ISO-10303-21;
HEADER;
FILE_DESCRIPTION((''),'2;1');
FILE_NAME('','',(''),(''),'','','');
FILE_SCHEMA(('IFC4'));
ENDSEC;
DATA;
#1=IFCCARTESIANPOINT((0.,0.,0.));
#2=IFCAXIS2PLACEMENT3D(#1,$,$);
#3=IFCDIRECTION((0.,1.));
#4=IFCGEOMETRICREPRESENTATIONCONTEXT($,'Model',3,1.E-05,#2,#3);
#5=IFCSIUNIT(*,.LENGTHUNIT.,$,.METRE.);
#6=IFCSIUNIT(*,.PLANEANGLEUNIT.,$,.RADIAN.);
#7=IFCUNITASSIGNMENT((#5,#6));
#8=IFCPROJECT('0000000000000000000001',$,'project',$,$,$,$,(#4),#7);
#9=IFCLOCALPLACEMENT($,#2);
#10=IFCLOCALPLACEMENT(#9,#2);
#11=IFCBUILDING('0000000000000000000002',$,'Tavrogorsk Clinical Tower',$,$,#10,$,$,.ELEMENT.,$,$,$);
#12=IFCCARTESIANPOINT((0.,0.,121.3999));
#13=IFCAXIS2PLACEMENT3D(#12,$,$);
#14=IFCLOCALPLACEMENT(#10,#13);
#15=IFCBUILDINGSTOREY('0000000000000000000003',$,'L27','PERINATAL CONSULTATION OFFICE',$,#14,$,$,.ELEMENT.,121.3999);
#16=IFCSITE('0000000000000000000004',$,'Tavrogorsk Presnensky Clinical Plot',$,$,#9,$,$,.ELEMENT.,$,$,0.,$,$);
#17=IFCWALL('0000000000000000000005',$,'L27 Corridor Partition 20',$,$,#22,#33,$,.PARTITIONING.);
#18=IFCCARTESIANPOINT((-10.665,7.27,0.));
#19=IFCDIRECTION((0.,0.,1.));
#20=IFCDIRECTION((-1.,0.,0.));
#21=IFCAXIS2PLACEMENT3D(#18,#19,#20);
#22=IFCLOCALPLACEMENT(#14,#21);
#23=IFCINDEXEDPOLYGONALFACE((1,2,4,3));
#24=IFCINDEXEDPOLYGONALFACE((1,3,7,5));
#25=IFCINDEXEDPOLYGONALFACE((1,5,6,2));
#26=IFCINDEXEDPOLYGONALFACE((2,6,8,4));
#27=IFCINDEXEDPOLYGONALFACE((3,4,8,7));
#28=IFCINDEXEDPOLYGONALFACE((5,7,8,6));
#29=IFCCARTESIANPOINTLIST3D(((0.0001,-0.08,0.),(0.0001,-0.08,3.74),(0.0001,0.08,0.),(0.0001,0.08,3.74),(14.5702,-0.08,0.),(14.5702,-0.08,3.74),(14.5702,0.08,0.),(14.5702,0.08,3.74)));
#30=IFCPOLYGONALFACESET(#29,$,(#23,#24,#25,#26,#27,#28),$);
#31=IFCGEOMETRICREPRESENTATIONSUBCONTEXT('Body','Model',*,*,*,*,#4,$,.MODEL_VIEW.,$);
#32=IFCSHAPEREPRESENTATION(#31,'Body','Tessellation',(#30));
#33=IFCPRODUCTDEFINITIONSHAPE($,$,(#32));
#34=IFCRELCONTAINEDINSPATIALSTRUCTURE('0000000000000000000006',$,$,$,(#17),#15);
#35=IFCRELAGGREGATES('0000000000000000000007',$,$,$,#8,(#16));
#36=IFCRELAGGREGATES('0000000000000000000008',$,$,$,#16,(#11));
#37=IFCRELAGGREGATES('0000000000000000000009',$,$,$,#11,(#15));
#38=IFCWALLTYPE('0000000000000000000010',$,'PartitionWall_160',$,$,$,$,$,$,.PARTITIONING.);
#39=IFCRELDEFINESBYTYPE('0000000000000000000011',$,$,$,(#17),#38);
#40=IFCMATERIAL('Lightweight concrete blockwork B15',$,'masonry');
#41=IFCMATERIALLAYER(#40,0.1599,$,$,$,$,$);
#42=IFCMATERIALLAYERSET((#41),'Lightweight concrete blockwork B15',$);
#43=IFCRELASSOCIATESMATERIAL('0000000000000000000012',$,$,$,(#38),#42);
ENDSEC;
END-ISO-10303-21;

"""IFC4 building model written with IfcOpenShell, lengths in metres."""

from ifc_helpers import new_model, si_unit, direction, frame, frame_2d, origin, place, context, subcontext, project, spatial, rectangle, extrude, material, layer, layer_set, type_object, element, save


model = new_model("IFC4")

# Units and contexts
model_context = context("Model", 3, precision=1e-05, world=origin(), true_north=direction((0.0, 1.0)))
body_context = subcontext(model_context, "Body", "Model", "MODEL_VIEW")
ifc_project = project(units=[si_unit("LENGTHUNIT", "METRE"), si_unit("PLANEANGLEUNIT", "RADIAN")], contexts=[model_context])

# Site, building, storey
site_placement = place(None, origin())
site = spatial("IfcSite", under=ifc_project, at=site_placement, Name="Tavrogorsk Presnensky Clinical Plot", CompositionType="ELEMENT", RefElevation=0.0)
building_placement = place(site_placement, origin())
building = spatial("IfcBuilding", under=site, at=building_placement, Name="Tavrogorsk Clinical Tower", CompositionType="ELEMENT")
storey_placement = place(building_placement, frame((0.0, 0.0, 121.3999)))
storey = spatial("IfcBuildingStorey", under=building, at=storey_placement, Name="L27", Description="PERINATAL CONSULTATION OFFICE", CompositionType="ELEMENT", Elevation=121.3999)

# Shared definitions
ifc_material_1 = material(Name="Lightweight concrete blockwork B15", Category="masonry")
ifc_layer_1 = layer(ifc_material_1, 0.1599)
ifc_layer_set_1 = layer_set([ifc_layer_1], Name="Lightweight concrete blockwork B15")
wall_type_1 = type_object("IfcWallType", Name="PartitionWall_160", PredefinedType="PARTITIONING", material=ifc_layer_set_1)

# Wall
wall_1_placement = place(storey_placement, frame((-10.665, 7.27, 0.0), z_axis=(0.0, 0.0, 1.0), x_axis=(-1.0, 0.0, 0.0)))
element("IfcWall", 1, at=wall_1_placement, inside=storey, type_object=wall_type_1, Name="L27 Corridor Partition 20", PredefinedType="PARTITIONING", context=body_context, shape_type="SweptSolid", body=[
    extrude(rectangle(XDim=14.5701, YDim=0.1599, at=frame_2d((7.2852, 0.0))), origin(), (0.0, 0.0, 1.0), 3.74),
])

save(model, "model.ifc")
